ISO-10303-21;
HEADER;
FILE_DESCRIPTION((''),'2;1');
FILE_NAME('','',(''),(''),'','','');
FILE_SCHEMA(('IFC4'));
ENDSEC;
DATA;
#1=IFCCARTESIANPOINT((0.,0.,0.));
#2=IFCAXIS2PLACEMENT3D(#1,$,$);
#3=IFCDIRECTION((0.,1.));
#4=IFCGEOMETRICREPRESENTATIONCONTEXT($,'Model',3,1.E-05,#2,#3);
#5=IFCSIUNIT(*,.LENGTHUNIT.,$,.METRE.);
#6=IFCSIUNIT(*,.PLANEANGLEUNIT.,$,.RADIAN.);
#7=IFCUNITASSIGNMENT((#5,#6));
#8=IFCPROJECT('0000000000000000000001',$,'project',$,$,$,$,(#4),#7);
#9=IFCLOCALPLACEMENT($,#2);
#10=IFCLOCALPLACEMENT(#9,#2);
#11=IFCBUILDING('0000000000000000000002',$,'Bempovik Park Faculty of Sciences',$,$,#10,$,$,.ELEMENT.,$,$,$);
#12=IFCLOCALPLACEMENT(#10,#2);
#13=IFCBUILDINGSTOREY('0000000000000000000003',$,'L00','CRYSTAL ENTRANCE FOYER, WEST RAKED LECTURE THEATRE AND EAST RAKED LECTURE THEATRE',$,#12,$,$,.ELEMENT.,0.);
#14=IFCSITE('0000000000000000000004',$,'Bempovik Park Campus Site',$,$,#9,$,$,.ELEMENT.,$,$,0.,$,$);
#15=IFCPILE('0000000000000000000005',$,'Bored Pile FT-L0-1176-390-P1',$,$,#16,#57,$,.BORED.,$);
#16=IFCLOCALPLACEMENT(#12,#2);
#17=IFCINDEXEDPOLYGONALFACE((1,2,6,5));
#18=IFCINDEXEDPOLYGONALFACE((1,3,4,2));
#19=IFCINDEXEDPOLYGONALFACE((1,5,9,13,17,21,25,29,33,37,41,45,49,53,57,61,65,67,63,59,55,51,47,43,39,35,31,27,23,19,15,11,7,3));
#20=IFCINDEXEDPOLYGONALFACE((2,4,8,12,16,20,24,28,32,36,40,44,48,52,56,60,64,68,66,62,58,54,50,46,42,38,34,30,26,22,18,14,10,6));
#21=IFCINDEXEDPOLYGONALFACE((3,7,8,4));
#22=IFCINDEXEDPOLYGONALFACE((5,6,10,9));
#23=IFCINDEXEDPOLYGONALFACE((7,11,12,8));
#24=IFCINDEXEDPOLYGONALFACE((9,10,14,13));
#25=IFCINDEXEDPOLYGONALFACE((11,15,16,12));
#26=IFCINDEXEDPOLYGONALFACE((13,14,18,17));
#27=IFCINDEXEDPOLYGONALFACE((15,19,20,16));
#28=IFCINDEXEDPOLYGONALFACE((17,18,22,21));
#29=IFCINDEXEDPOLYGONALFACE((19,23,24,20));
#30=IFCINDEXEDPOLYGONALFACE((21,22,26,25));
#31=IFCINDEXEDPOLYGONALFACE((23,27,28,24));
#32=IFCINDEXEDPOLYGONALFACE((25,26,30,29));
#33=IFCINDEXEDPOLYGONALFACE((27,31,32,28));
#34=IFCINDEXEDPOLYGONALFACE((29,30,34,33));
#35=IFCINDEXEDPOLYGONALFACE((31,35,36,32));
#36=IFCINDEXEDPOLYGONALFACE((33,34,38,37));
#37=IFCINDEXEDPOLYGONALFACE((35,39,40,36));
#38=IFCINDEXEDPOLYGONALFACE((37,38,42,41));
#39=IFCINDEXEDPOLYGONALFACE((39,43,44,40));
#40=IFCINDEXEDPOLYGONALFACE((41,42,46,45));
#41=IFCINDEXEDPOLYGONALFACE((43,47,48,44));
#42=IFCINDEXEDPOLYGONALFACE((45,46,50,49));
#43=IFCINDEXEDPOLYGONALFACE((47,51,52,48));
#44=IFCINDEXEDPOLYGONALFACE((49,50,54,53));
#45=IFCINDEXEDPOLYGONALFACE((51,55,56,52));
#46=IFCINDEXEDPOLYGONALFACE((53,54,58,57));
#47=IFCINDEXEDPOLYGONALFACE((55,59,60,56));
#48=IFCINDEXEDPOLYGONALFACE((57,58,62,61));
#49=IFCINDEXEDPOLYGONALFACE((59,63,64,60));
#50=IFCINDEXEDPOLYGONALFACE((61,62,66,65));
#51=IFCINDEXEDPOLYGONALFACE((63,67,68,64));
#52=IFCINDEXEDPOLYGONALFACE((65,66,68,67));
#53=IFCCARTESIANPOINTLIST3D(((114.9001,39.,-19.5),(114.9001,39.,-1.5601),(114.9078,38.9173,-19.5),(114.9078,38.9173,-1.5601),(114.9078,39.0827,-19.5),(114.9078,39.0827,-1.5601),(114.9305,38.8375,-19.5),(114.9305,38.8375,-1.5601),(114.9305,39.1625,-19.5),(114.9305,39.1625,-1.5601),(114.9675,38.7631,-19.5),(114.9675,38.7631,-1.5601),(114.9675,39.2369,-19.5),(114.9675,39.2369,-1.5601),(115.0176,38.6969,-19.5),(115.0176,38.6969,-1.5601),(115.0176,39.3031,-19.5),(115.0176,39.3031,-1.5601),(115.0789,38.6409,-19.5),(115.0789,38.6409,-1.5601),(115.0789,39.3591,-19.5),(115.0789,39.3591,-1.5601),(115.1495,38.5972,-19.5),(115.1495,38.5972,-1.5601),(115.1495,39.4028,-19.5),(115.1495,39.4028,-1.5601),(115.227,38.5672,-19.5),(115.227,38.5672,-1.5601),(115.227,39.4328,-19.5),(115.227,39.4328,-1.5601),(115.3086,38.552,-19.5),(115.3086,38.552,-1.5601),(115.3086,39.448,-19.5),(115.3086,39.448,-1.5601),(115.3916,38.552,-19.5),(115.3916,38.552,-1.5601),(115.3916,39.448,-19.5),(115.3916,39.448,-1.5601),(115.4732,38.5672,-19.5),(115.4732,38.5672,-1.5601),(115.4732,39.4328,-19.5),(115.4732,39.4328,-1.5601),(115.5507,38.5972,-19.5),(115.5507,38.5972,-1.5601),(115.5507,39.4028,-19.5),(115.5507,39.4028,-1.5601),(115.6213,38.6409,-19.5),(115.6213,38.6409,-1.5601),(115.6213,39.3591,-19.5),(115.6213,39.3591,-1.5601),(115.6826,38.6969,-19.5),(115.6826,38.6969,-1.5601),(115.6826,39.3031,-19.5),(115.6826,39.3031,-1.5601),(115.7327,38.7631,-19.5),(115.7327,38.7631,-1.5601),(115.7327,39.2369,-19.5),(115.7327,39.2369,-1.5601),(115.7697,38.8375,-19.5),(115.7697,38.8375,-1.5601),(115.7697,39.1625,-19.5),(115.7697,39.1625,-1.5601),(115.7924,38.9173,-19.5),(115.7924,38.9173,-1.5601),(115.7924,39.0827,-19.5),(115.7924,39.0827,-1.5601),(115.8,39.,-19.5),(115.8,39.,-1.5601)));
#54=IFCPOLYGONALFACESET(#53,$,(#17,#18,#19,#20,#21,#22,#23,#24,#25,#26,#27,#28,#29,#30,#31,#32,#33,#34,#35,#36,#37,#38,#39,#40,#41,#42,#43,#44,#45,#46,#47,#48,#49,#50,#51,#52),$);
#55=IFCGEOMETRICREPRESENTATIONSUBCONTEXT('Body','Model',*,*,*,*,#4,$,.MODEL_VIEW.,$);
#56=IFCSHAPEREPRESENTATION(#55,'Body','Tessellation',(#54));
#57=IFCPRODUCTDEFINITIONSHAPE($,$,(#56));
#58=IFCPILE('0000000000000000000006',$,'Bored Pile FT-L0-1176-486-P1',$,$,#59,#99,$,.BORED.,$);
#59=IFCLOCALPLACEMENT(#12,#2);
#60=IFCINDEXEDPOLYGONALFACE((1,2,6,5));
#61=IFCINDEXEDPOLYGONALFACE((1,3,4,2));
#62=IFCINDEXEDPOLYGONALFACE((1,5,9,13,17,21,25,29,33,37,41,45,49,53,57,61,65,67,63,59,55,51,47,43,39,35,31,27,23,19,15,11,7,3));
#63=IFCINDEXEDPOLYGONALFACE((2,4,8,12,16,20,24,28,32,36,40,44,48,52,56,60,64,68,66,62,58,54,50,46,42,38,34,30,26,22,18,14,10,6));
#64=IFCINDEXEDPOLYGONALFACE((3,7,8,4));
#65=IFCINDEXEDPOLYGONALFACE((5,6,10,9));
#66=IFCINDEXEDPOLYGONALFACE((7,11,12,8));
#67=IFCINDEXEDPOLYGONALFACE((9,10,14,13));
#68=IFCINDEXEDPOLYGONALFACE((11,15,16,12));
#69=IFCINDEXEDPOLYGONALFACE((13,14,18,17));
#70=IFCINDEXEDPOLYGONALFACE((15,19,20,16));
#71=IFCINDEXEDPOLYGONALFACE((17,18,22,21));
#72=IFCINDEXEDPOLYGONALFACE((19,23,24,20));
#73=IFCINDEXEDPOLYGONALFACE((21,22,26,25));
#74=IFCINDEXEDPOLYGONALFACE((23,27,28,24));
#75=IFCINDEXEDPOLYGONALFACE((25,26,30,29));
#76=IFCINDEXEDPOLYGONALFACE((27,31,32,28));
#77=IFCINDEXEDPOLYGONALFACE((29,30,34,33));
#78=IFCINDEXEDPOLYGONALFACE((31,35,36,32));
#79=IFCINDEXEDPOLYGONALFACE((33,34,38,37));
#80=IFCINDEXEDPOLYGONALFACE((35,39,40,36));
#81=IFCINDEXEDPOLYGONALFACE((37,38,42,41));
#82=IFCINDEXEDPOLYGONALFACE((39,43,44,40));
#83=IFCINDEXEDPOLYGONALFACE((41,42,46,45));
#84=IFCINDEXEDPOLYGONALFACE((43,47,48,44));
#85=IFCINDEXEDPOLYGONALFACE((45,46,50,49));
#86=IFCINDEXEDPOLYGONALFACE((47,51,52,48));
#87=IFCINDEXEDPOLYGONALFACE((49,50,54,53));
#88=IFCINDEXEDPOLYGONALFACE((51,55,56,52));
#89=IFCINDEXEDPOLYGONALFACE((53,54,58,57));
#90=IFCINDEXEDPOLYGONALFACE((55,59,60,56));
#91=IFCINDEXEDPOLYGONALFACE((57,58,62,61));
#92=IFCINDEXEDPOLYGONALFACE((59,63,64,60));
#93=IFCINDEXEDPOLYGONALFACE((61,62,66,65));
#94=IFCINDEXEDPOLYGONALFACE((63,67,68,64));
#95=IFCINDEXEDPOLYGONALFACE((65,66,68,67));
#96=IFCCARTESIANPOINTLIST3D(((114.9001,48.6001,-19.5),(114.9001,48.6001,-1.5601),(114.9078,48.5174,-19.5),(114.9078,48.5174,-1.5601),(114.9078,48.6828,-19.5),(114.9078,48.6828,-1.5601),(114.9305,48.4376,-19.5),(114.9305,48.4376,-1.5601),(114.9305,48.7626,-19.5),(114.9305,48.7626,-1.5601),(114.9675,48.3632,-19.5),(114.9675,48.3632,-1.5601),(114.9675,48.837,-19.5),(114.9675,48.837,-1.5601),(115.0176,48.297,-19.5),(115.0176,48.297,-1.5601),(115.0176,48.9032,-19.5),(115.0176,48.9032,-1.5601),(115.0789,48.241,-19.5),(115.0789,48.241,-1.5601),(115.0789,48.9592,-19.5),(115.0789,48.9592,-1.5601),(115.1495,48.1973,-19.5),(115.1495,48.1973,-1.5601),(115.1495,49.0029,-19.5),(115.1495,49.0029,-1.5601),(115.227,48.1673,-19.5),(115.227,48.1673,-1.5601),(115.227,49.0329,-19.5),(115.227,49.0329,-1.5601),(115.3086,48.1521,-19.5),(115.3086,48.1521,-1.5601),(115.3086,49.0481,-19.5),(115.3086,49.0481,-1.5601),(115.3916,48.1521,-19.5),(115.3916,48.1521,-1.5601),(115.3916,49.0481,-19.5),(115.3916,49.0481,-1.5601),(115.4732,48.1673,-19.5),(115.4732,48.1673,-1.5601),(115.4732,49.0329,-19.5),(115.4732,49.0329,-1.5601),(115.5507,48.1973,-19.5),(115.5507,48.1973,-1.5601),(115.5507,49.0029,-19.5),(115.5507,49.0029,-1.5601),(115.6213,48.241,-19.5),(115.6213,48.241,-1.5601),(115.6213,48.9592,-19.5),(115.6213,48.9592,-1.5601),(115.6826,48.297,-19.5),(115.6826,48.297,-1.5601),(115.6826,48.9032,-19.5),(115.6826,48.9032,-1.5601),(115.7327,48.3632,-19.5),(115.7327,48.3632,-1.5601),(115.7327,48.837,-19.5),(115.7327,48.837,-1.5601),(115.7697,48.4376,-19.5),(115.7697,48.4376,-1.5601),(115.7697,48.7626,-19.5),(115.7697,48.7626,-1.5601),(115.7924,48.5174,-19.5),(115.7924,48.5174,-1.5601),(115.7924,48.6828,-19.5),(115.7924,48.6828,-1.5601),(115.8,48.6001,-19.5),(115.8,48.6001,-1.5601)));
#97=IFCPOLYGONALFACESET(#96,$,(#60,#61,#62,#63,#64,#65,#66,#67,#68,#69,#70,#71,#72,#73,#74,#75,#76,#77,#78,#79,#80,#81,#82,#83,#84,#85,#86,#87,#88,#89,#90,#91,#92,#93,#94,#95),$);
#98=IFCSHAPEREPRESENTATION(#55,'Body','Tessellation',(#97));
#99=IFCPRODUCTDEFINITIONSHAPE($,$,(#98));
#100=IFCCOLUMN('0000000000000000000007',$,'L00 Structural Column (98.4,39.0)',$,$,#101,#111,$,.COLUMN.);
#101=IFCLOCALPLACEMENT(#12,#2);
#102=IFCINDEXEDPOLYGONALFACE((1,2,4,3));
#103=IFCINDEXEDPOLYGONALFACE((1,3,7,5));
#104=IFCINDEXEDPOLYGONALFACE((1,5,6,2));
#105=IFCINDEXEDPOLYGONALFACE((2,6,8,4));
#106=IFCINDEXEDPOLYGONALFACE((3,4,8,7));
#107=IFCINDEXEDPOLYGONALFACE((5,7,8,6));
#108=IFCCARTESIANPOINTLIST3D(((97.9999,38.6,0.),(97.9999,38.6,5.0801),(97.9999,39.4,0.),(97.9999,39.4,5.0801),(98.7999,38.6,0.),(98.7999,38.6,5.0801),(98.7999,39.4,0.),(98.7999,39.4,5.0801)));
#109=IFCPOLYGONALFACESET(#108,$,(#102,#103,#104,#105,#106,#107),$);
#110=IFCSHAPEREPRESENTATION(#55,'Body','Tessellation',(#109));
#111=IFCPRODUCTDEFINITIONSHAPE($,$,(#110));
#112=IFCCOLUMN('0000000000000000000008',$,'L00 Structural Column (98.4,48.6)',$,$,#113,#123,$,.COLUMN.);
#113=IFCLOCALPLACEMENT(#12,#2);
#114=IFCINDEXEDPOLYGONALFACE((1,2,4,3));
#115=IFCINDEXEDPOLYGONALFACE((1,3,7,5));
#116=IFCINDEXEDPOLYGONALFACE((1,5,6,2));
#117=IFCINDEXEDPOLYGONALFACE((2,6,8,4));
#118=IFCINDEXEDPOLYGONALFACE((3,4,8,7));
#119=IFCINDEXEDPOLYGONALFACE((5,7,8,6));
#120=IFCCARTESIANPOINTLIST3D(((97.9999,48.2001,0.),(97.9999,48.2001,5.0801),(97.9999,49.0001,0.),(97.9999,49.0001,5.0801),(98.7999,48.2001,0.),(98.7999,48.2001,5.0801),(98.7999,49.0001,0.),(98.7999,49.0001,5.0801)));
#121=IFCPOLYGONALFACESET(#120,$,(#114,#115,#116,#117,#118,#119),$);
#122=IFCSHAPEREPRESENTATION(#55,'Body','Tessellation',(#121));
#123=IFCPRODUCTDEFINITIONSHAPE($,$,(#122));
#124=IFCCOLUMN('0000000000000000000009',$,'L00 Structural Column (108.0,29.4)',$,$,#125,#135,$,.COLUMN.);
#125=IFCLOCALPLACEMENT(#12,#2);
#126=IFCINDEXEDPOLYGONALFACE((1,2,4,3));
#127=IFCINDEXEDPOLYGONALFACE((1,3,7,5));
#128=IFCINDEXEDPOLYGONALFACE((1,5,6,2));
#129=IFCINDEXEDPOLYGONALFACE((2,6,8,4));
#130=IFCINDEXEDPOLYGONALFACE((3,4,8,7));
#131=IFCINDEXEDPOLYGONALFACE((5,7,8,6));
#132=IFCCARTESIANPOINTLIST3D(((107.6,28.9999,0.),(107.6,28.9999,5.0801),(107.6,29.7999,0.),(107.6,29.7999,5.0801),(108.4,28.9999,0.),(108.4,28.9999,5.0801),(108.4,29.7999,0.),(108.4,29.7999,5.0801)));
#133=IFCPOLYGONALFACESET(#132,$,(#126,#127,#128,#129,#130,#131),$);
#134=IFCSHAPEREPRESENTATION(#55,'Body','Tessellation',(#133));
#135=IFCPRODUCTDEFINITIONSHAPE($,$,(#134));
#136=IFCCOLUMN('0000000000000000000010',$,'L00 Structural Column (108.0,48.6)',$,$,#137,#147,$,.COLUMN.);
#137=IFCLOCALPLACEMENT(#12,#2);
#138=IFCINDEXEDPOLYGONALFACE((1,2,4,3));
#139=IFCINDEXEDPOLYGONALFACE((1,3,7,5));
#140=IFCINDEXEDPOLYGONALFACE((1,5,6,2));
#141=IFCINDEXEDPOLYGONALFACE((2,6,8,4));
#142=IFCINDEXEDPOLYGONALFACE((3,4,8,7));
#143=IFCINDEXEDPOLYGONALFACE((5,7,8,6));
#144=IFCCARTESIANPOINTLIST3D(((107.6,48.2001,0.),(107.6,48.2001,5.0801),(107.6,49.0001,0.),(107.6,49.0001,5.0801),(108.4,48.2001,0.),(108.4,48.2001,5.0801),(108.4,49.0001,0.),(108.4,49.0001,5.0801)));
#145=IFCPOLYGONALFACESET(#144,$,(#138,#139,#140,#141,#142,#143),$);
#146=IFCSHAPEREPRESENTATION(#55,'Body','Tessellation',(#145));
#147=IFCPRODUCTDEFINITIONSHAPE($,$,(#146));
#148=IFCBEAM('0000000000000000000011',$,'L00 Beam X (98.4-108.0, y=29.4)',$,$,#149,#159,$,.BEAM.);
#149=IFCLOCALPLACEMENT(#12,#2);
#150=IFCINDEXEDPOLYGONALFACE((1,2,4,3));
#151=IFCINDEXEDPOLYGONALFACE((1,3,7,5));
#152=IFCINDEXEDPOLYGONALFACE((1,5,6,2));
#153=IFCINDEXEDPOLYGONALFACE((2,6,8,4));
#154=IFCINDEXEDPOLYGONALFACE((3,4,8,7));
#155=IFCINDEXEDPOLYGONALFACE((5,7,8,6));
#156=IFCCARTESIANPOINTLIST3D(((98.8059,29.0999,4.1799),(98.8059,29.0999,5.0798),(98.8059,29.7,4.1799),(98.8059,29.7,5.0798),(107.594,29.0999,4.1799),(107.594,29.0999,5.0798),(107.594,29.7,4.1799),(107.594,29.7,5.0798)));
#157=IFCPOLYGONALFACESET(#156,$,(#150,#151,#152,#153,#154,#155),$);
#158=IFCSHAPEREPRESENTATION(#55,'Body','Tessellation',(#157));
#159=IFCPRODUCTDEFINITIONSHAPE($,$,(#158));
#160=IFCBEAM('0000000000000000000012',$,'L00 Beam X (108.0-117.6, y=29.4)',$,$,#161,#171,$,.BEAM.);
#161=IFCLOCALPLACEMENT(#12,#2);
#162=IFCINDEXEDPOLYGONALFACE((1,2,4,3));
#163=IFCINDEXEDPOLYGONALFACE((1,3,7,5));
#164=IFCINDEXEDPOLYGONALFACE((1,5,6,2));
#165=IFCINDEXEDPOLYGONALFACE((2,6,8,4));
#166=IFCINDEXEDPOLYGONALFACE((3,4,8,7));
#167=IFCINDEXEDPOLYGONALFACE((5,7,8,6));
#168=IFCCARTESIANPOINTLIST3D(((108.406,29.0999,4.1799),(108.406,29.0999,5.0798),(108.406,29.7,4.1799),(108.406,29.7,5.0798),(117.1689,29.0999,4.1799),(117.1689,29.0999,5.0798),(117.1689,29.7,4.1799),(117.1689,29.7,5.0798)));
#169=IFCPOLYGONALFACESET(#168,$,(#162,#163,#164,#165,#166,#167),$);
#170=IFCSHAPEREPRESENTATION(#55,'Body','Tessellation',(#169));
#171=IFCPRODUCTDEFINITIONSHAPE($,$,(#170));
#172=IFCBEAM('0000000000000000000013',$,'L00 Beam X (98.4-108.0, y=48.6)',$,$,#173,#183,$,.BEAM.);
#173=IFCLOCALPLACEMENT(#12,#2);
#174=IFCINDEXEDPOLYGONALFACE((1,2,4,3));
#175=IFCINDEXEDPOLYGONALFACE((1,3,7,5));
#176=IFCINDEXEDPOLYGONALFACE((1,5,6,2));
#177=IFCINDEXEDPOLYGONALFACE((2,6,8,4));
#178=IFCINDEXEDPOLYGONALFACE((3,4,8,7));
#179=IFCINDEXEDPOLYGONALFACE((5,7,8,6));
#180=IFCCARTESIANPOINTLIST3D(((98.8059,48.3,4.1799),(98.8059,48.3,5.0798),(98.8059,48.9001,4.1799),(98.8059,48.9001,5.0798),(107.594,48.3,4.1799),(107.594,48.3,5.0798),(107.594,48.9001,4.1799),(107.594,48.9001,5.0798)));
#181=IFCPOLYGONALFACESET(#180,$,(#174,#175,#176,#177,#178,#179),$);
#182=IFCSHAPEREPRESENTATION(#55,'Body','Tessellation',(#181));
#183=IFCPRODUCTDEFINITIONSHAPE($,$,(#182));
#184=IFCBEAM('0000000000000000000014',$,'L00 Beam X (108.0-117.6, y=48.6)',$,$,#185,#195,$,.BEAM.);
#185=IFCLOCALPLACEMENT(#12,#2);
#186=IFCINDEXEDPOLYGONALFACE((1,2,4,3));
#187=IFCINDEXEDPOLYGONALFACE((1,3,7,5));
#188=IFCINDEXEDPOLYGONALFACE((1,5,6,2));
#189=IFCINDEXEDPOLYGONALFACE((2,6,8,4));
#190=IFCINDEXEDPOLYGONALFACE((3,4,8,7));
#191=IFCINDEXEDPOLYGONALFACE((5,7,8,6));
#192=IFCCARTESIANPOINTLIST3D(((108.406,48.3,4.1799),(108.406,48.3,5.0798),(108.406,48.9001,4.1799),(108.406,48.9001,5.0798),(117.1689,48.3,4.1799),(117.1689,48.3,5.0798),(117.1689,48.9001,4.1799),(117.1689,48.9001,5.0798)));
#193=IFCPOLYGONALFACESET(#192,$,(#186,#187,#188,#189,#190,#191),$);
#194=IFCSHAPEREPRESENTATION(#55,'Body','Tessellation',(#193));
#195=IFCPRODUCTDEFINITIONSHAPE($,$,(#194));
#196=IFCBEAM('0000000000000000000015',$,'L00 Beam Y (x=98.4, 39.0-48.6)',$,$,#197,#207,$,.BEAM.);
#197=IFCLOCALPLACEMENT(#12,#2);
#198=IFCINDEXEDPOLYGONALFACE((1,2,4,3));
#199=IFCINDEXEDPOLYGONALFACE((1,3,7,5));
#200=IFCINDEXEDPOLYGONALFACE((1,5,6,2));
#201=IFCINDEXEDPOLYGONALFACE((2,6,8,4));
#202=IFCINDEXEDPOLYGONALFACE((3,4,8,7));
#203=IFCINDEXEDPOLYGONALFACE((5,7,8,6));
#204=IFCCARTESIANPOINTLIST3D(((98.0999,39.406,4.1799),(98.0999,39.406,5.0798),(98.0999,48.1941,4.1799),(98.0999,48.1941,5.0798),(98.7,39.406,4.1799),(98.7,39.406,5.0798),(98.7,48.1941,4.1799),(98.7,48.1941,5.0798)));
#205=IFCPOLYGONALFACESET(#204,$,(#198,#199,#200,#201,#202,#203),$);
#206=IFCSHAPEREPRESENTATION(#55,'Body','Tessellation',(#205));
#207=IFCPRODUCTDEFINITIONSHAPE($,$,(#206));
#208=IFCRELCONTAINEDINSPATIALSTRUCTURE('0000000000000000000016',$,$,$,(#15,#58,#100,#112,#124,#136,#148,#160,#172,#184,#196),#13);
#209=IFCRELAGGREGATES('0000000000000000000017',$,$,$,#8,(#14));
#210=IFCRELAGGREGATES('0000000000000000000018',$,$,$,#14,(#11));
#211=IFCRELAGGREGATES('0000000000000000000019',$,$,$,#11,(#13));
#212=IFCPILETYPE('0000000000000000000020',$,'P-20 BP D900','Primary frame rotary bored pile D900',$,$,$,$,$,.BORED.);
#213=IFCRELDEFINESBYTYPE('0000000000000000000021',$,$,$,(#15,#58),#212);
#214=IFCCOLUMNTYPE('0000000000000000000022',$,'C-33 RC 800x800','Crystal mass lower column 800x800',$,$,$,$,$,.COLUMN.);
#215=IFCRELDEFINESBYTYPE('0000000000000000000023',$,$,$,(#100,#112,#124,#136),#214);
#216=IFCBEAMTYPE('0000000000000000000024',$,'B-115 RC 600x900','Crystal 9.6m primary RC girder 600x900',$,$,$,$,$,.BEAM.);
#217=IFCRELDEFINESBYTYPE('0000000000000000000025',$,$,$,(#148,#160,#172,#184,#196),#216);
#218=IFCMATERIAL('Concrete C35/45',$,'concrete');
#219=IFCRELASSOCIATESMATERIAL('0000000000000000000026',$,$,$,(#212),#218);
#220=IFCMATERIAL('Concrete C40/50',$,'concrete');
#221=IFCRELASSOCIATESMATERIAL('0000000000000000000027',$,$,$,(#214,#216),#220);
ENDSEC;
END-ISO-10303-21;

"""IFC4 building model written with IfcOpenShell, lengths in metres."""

from ifc_helpers import new_model, si_unit, direction, frame, origin, origin_2d, place, context, subcontext, project, spatial, rectangle, circle, extrude, material, material_profile, profile_set, type_object, element, save


model = new_model("IFC4")

# Units and contexts
model_context = context("Model", 3, precision=1e-05, world=origin(), true_north=direction((0.0, 1.0)))
body_context = subcontext(model_context, "Body", "Model", "MODEL_VIEW")
ifc_project = project(units=[si_unit("LENGTHUNIT", "METRE"), si_unit("PLANEANGLEUNIT", "RADIAN")], contexts=[model_context])

# Site, building, storey
site_placement = place(None, origin())
site = spatial("IfcSite", under=ifc_project, at=site_placement, Name="Bempovik Park Campus Site", CompositionType="ELEMENT", RefElevation=0.0)
building_placement = place(site_placement, origin())
building = spatial("IfcBuilding", under=site, at=building_placement, Name="Bempovik Park Faculty of Sciences", CompositionType="ELEMENT")
storey_placement = place(building_placement, origin())
storey = spatial("IfcBuildingStorey", under=building, at=storey_placement, Name="L00", Description="CRYSTAL ENTRANCE FOYER, WEST RAKED LECTURE THEATRE AND EAST RAKED LECTURE THEATRE", CompositionType="ELEMENT", Elevation=0.0)

# Shared definitions
ifc_material_1 = material(Name="Concrete C35/45", Category="concrete")

# Piles
ifc_material_profile_1 = material_profile(ifc_material_1, circle(Radius=0.45, at=origin_2d()), Name="BP D900")
ifc_profile_set_1 = profile_set([ifc_material_profile_1], Name="Concrete C35/45")
pile_type = type_object("IfcPileType", Name="P-20 BP D900", Description="Primary frame rotary bored pile D900", PredefinedType="BORED", material=ifc_profile_set_1)
for number, where, z_axis, x_axis, name in (
    (1, (115.3501, 39.0, -1.5601), (0.0, 0.0, -1.0), (1.0, 0.0, 0.0), "Bored Pile FT-L0-1176-390-P1"),
    (2, (115.3501, 48.6001, -1.5601), (0.0, 0.0, -1.0), (1.0, 0.0, 0.0), "Bored Pile FT-L0-1176-486-P1"),
):
    element("IfcPile", number, at=place(storey_placement, frame(where, z_axis=z_axis, x_axis=x_axis)), inside=storey, type_object=pile_type, Name=name, PredefinedType="BORED", context=body_context, shape_type="SweptSolid", body=[
        extrude(circle(Radius=0.45, at=origin_2d()), origin(), (0.0, 0.0, 1.0), 17.9399),
    ])

# Columns
ifc_material_2 = material(Name="Concrete C40/50", Category="concrete")
ifc_material_profile_2 = material_profile(ifc_material_2, rectangle(XDim=0.8, YDim=0.8, at=origin_2d()), Name="RC 800x800")
ifc_profile_set_2 = profile_set([ifc_material_profile_2], Name="Concrete C40/50")
column_type = type_object("IfcColumnType", Name="C-33 RC 800x800", Description="Crystal mass lower column 800x800", PredefinedType="COLUMN", material=ifc_profile_set_2)
for number, where, z_axis, x_axis, name in (
    (3, (98.3999, 39.0, 0.0), (0.0, 0.0, 1.0), (1.0, 0.0, 0.0), "L00 Structural Column (98.4,39.0)"),
    (4, (98.3999, 48.6001, 0.0), (0.0, 0.0, 1.0), (1.0, 0.0, 0.0), "L00 Structural Column (98.4,48.6)"),
    (5, (108.0, 29.3999, 0.0), (0.0, 0.0, 1.0), (1.0, 0.0, 0.0), "L00 Structural Column (108.0,29.4)"),
    (6, (108.0, 48.6001, 0.0), (0.0, 0.0, 1.0), (1.0, 0.0, 0.0), "L00 Structural Column (108.0,48.6)"),
):
    element("IfcColumn", number, at=place(storey_placement, frame(where, z_axis=z_axis, x_axis=x_axis)), inside=storey, type_object=column_type, Name=name, PredefinedType="COLUMN", context=body_context, shape_type="SweptSolid", body=[
        extrude(rectangle(XDim=0.8, YDim=0.8, at=origin_2d()), origin(), (0.0, 0.0, 1.0), 5.0801),
    ])

# Beams
ifc_material_profile_3 = material_profile(ifc_material_2, rectangle(XDim=0.6001, YDim=0.8999, at=origin_2d()), Name="RC 600x900")
ifc_profile_set_3 = profile_set([ifc_material_profile_3], Name="Concrete C40/50")
beam_type = type_object("IfcBeamType", Name="B-115 RC 600x900", Description="Crystal 9.6m primary RC girder 600x900", PredefinedType="BEAM", material=ifc_profile_set_3)
beam_1_placement = place(storey_placement, frame((98.8059, 29.3999, 4.6299), z_axis=(1.0, 0.0, 0.0), x_axis=(0.0, 1.0, 0.0)))
element("IfcBeam", 7, at=beam_1_placement, inside=storey, type_object=beam_type, Name="L00 Beam X (98.4-108.0, y=29.4)", PredefinedType="BEAM", context=body_context, shape_type="SweptSolid", body=[
    extrude(rectangle(XDim=0.6001, YDim=0.8999, at=origin_2d()), origin(), (0.0, 0.0, 1.0), 8.7881),
])
beam_2_placement = place(storey_placement, frame((108.406, 29.3999, 4.6299), z_axis=(1.0, 0.0, 0.0), x_axis=(0.0, 1.0, 0.0)))
element("IfcBeam", 8, at=beam_2_placement, inside=storey, type_object=beam_type, Name="L00 Beam X (108.0-117.6, y=29.4)", PredefinedType="BEAM", context=body_context, shape_type="SweptSolid", body=[
    extrude(rectangle(XDim=0.6001, YDim=0.8999, at=origin_2d()), origin(), (0.0, 0.0, 1.0), 8.7629),
])
beam_3_placement = place(storey_placement, frame((98.8059, 48.6001, 4.6299), z_axis=(1.0, 0.0, 0.0), x_axis=(0.0, 1.0, 0.0)))
element("IfcBeam", 9, at=beam_3_placement, inside=storey, type_object=beam_type, Name="L00 Beam X (98.4-108.0, y=48.6)", PredefinedType="BEAM", context=body_context, shape_type="SweptSolid", body=[
    extrude(rectangle(XDim=0.6001, YDim=0.8999, at=origin_2d()), origin(), (0.0, 0.0, 1.0), 8.7881),
])
beam_4_placement = place(storey_placement, frame((108.406, 48.6001, 4.6299), z_axis=(1.0, 0.0, 0.0), x_axis=(0.0, 1.0, 0.0)))
element("IfcBeam", 10, at=beam_4_placement, inside=storey, type_object=beam_type, Name="L00 Beam X (108.0-117.6, y=48.6)", PredefinedType="BEAM", context=body_context, shape_type="SweptSolid", body=[
    extrude(rectangle(XDim=0.6001, YDim=0.8999, at=origin_2d()), origin(), (0.0, 0.0, 1.0), 8.7629),
])
beam_5_placement = place(storey_placement, frame((98.3999, 39.406, 4.6299), z_axis=(0.0, 1.0, 0.0), x_axis=(-1.0, 0.0, 0.0)))
element("IfcBeam", 11, at=beam_5_placement, inside=storey, type_object=beam_type, Name="L00 Beam Y (x=98.4, 39.0-48.6)", PredefinedType="BEAM", context=body_context, shape_type="SweptSolid", body=[
    extrude(rectangle(XDim=0.6001, YDim=0.8999, at=origin_2d()), origin(), (0.0, 0.0, 1.0), 8.7881),
])

save(model, "model.ifc")
